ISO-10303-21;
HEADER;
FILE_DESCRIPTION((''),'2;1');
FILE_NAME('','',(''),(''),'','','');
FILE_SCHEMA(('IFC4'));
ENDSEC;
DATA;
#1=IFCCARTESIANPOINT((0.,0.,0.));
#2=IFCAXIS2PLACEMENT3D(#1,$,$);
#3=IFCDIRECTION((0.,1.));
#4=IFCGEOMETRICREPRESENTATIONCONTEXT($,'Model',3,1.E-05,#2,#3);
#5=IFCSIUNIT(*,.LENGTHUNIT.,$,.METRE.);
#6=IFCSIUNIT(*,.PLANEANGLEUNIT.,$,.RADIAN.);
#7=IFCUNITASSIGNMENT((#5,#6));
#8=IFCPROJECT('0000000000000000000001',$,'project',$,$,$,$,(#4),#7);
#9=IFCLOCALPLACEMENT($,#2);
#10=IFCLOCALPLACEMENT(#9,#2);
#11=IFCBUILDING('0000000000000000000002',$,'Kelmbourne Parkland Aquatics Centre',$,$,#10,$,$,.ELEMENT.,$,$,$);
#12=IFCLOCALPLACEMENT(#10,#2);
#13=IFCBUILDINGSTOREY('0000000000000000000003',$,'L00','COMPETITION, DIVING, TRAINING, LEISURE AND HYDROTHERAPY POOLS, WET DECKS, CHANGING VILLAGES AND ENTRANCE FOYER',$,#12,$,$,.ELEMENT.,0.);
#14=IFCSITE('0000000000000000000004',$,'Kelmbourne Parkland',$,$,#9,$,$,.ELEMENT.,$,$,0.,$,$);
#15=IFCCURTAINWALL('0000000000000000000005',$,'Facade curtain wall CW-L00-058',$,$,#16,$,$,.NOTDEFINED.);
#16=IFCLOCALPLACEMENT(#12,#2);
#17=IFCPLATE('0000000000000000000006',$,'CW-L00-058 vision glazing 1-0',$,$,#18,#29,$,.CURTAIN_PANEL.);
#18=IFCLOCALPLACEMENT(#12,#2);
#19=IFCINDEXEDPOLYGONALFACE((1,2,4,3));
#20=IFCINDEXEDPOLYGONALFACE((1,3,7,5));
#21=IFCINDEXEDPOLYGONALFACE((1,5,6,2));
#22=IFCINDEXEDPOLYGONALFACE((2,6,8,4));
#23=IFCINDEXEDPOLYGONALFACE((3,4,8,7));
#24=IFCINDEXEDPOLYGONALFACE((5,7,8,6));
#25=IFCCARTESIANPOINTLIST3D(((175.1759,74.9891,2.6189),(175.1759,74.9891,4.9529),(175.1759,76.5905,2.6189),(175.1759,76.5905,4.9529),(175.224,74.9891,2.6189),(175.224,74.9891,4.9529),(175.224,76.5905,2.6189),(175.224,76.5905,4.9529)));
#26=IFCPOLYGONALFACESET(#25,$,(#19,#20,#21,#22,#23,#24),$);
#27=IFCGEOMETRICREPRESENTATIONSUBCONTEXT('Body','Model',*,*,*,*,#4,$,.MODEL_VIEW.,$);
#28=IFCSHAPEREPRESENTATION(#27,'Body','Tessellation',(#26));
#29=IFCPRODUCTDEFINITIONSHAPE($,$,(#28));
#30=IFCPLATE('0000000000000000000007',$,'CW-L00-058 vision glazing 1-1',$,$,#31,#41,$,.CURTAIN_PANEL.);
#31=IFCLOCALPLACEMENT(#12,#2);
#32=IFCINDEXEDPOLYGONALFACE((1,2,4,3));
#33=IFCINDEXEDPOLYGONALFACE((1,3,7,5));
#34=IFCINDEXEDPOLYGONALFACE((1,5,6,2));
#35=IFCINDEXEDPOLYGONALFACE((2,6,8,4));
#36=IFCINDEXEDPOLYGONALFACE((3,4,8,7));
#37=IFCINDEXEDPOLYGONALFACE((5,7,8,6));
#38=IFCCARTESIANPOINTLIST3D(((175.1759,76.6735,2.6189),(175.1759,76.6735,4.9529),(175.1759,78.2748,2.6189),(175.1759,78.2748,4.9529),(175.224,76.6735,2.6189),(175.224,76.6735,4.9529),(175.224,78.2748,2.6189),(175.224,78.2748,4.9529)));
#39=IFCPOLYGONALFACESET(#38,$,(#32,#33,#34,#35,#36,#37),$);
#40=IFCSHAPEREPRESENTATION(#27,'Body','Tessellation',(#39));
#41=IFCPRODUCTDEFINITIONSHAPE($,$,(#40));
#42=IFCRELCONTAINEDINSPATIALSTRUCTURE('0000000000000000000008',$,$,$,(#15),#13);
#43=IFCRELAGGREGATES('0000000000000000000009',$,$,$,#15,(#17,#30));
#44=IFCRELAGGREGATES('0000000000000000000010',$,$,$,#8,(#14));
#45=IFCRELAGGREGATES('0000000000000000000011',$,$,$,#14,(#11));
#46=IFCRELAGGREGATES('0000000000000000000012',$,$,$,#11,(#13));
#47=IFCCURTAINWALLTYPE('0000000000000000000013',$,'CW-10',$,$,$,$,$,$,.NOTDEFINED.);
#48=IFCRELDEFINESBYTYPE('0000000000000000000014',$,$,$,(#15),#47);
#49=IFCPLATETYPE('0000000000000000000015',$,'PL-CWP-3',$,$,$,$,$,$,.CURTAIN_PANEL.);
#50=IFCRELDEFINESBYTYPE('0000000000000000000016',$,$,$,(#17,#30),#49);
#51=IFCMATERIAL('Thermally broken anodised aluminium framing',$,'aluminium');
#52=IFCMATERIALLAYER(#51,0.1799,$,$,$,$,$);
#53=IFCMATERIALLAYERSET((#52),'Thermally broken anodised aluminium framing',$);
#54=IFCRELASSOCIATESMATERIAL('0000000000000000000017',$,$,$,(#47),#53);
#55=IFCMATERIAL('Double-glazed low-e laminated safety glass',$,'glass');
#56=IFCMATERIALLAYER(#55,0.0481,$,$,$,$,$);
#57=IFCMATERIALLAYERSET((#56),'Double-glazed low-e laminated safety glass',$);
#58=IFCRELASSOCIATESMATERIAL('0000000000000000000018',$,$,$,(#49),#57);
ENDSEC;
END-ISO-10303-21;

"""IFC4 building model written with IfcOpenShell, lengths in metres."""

from ifc_helpers import new_model, si_unit, direction, frame, origin, origin_2d, place, context, subcontext, project, spatial, rectangle, extrude, material, layer, layer_set, type_object, element, aggregate, save


model = new_model("IFC4")

# Units and contexts
model_context = context("Model", 3, precision=1e-05, world=origin(), true_north=direction((0.0, 1.0)))
body_context = subcontext(model_context, "Body", "Model", "MODEL_VIEW")
ifc_project = project(units=[si_unit("LENGTHUNIT", "METRE"), si_unit("PLANEANGLEUNIT", "RADIAN")], contexts=[model_context])

# Site, building, storey
site_placement = place(None, origin())
site = spatial("IfcSite", under=ifc_project, at=site_placement, Name="Kelmbourne Parkland", CompositionType="ELEMENT", RefElevation=0.0)
building_placement = place(site_placement, origin())
building = spatial("IfcBuilding", under=site, at=building_placement, Name="Kelmbourne Parkland Aquatics Centre", CompositionType="ELEMENT")
storey_placement = place(building_placement, origin())
storey = spatial("IfcBuildingStorey", under=building, at=storey_placement, Name="L00", Description="COMPETITION, DIVING, TRAINING, LEISURE AND HYDROTHERAPY POOLS, WET DECKS, CHANGING VILLAGES AND ENTRANCE FOYER", CompositionType="ELEMENT", Elevation=0.0)

# Shared definitions
ifc_material_1 = material(Name="Thermally broken anodised aluminium framing", Category="aluminium")

# Curtain wall
ifc_layer_1 = layer(ifc_material_1, 0.1799)
ifc_layer_set_1 = layer_set([ifc_layer_1], Name="Thermally broken anodised aluminium framing")
curtain_wall_type_1 = type_object("IfcCurtainWallType", Name="CW-10", PredefinedType="NOTDEFINED", material=ifc_layer_set_1)
curtain_wall_1_placement = place(storey_placement, origin())
curtain_wall_1 = element("IfcCurtainWall", 1, at=curtain_wall_1_placement, inside=storey, type_object=curtain_wall_type_1, Name="Facade curtain wall CW-L00-058", PredefinedType="NOTDEFINED")

# Plates
ifc_material_2 = material(Name="Double-glazed low-e laminated safety glass", Category="glass")
ifc_layer_2 = layer(ifc_material_2, 0.0481)
ifc_layer_set_2 = layer_set([ifc_layer_2], Name="Double-glazed low-e laminated safety glass")
plate_type_1 = type_object("IfcPlateType", Name="PL-CWP-3", PredefinedType="CURTAIN_PANEL", material=ifc_layer_set_2)
plate_1_placement = place(storey_placement, frame((175.2, 75.7898, 2.6189), z_axis=(0.0, 0.0, 1.0), x_axis=(0.0, 1.0, 0.0)))
plate_1 = element("IfcPlate", 2, at=plate_1_placement, type_object=plate_type_1, Name="CW-L00-058 vision glazing 1-0", PredefinedType="CURTAIN_PANEL", context=body_context, shape_type="SweptSolid", body=[
    extrude(rectangle(XDim=1.6013, YDim=0.0481, at=origin_2d()), origin(), (0.0, 0.0, 1.0), 2.334),
])
plate_2_placement = place(storey_placement, frame((175.2, 77.4741, 2.6189), z_axis=(0.0, 0.0, 1.0), x_axis=(0.0, 1.0, 0.0)))
plate_2 = element("IfcPlate", 3, at=plate_2_placement, type_object=plate_type_1, Name="CW-L00-058 vision glazing 1-1", PredefinedType="CURTAIN_PANEL", context=body_context, shape_type="SweptSolid", body=[
    extrude(rectangle(XDim=1.6013, YDim=0.0481, at=origin_2d()), origin(), (0.0, 0.0, 1.0), 2.334),
])
aggregate(curtain_wall_1, [plate_1, plate_2])

save(model, "model.ifc")
